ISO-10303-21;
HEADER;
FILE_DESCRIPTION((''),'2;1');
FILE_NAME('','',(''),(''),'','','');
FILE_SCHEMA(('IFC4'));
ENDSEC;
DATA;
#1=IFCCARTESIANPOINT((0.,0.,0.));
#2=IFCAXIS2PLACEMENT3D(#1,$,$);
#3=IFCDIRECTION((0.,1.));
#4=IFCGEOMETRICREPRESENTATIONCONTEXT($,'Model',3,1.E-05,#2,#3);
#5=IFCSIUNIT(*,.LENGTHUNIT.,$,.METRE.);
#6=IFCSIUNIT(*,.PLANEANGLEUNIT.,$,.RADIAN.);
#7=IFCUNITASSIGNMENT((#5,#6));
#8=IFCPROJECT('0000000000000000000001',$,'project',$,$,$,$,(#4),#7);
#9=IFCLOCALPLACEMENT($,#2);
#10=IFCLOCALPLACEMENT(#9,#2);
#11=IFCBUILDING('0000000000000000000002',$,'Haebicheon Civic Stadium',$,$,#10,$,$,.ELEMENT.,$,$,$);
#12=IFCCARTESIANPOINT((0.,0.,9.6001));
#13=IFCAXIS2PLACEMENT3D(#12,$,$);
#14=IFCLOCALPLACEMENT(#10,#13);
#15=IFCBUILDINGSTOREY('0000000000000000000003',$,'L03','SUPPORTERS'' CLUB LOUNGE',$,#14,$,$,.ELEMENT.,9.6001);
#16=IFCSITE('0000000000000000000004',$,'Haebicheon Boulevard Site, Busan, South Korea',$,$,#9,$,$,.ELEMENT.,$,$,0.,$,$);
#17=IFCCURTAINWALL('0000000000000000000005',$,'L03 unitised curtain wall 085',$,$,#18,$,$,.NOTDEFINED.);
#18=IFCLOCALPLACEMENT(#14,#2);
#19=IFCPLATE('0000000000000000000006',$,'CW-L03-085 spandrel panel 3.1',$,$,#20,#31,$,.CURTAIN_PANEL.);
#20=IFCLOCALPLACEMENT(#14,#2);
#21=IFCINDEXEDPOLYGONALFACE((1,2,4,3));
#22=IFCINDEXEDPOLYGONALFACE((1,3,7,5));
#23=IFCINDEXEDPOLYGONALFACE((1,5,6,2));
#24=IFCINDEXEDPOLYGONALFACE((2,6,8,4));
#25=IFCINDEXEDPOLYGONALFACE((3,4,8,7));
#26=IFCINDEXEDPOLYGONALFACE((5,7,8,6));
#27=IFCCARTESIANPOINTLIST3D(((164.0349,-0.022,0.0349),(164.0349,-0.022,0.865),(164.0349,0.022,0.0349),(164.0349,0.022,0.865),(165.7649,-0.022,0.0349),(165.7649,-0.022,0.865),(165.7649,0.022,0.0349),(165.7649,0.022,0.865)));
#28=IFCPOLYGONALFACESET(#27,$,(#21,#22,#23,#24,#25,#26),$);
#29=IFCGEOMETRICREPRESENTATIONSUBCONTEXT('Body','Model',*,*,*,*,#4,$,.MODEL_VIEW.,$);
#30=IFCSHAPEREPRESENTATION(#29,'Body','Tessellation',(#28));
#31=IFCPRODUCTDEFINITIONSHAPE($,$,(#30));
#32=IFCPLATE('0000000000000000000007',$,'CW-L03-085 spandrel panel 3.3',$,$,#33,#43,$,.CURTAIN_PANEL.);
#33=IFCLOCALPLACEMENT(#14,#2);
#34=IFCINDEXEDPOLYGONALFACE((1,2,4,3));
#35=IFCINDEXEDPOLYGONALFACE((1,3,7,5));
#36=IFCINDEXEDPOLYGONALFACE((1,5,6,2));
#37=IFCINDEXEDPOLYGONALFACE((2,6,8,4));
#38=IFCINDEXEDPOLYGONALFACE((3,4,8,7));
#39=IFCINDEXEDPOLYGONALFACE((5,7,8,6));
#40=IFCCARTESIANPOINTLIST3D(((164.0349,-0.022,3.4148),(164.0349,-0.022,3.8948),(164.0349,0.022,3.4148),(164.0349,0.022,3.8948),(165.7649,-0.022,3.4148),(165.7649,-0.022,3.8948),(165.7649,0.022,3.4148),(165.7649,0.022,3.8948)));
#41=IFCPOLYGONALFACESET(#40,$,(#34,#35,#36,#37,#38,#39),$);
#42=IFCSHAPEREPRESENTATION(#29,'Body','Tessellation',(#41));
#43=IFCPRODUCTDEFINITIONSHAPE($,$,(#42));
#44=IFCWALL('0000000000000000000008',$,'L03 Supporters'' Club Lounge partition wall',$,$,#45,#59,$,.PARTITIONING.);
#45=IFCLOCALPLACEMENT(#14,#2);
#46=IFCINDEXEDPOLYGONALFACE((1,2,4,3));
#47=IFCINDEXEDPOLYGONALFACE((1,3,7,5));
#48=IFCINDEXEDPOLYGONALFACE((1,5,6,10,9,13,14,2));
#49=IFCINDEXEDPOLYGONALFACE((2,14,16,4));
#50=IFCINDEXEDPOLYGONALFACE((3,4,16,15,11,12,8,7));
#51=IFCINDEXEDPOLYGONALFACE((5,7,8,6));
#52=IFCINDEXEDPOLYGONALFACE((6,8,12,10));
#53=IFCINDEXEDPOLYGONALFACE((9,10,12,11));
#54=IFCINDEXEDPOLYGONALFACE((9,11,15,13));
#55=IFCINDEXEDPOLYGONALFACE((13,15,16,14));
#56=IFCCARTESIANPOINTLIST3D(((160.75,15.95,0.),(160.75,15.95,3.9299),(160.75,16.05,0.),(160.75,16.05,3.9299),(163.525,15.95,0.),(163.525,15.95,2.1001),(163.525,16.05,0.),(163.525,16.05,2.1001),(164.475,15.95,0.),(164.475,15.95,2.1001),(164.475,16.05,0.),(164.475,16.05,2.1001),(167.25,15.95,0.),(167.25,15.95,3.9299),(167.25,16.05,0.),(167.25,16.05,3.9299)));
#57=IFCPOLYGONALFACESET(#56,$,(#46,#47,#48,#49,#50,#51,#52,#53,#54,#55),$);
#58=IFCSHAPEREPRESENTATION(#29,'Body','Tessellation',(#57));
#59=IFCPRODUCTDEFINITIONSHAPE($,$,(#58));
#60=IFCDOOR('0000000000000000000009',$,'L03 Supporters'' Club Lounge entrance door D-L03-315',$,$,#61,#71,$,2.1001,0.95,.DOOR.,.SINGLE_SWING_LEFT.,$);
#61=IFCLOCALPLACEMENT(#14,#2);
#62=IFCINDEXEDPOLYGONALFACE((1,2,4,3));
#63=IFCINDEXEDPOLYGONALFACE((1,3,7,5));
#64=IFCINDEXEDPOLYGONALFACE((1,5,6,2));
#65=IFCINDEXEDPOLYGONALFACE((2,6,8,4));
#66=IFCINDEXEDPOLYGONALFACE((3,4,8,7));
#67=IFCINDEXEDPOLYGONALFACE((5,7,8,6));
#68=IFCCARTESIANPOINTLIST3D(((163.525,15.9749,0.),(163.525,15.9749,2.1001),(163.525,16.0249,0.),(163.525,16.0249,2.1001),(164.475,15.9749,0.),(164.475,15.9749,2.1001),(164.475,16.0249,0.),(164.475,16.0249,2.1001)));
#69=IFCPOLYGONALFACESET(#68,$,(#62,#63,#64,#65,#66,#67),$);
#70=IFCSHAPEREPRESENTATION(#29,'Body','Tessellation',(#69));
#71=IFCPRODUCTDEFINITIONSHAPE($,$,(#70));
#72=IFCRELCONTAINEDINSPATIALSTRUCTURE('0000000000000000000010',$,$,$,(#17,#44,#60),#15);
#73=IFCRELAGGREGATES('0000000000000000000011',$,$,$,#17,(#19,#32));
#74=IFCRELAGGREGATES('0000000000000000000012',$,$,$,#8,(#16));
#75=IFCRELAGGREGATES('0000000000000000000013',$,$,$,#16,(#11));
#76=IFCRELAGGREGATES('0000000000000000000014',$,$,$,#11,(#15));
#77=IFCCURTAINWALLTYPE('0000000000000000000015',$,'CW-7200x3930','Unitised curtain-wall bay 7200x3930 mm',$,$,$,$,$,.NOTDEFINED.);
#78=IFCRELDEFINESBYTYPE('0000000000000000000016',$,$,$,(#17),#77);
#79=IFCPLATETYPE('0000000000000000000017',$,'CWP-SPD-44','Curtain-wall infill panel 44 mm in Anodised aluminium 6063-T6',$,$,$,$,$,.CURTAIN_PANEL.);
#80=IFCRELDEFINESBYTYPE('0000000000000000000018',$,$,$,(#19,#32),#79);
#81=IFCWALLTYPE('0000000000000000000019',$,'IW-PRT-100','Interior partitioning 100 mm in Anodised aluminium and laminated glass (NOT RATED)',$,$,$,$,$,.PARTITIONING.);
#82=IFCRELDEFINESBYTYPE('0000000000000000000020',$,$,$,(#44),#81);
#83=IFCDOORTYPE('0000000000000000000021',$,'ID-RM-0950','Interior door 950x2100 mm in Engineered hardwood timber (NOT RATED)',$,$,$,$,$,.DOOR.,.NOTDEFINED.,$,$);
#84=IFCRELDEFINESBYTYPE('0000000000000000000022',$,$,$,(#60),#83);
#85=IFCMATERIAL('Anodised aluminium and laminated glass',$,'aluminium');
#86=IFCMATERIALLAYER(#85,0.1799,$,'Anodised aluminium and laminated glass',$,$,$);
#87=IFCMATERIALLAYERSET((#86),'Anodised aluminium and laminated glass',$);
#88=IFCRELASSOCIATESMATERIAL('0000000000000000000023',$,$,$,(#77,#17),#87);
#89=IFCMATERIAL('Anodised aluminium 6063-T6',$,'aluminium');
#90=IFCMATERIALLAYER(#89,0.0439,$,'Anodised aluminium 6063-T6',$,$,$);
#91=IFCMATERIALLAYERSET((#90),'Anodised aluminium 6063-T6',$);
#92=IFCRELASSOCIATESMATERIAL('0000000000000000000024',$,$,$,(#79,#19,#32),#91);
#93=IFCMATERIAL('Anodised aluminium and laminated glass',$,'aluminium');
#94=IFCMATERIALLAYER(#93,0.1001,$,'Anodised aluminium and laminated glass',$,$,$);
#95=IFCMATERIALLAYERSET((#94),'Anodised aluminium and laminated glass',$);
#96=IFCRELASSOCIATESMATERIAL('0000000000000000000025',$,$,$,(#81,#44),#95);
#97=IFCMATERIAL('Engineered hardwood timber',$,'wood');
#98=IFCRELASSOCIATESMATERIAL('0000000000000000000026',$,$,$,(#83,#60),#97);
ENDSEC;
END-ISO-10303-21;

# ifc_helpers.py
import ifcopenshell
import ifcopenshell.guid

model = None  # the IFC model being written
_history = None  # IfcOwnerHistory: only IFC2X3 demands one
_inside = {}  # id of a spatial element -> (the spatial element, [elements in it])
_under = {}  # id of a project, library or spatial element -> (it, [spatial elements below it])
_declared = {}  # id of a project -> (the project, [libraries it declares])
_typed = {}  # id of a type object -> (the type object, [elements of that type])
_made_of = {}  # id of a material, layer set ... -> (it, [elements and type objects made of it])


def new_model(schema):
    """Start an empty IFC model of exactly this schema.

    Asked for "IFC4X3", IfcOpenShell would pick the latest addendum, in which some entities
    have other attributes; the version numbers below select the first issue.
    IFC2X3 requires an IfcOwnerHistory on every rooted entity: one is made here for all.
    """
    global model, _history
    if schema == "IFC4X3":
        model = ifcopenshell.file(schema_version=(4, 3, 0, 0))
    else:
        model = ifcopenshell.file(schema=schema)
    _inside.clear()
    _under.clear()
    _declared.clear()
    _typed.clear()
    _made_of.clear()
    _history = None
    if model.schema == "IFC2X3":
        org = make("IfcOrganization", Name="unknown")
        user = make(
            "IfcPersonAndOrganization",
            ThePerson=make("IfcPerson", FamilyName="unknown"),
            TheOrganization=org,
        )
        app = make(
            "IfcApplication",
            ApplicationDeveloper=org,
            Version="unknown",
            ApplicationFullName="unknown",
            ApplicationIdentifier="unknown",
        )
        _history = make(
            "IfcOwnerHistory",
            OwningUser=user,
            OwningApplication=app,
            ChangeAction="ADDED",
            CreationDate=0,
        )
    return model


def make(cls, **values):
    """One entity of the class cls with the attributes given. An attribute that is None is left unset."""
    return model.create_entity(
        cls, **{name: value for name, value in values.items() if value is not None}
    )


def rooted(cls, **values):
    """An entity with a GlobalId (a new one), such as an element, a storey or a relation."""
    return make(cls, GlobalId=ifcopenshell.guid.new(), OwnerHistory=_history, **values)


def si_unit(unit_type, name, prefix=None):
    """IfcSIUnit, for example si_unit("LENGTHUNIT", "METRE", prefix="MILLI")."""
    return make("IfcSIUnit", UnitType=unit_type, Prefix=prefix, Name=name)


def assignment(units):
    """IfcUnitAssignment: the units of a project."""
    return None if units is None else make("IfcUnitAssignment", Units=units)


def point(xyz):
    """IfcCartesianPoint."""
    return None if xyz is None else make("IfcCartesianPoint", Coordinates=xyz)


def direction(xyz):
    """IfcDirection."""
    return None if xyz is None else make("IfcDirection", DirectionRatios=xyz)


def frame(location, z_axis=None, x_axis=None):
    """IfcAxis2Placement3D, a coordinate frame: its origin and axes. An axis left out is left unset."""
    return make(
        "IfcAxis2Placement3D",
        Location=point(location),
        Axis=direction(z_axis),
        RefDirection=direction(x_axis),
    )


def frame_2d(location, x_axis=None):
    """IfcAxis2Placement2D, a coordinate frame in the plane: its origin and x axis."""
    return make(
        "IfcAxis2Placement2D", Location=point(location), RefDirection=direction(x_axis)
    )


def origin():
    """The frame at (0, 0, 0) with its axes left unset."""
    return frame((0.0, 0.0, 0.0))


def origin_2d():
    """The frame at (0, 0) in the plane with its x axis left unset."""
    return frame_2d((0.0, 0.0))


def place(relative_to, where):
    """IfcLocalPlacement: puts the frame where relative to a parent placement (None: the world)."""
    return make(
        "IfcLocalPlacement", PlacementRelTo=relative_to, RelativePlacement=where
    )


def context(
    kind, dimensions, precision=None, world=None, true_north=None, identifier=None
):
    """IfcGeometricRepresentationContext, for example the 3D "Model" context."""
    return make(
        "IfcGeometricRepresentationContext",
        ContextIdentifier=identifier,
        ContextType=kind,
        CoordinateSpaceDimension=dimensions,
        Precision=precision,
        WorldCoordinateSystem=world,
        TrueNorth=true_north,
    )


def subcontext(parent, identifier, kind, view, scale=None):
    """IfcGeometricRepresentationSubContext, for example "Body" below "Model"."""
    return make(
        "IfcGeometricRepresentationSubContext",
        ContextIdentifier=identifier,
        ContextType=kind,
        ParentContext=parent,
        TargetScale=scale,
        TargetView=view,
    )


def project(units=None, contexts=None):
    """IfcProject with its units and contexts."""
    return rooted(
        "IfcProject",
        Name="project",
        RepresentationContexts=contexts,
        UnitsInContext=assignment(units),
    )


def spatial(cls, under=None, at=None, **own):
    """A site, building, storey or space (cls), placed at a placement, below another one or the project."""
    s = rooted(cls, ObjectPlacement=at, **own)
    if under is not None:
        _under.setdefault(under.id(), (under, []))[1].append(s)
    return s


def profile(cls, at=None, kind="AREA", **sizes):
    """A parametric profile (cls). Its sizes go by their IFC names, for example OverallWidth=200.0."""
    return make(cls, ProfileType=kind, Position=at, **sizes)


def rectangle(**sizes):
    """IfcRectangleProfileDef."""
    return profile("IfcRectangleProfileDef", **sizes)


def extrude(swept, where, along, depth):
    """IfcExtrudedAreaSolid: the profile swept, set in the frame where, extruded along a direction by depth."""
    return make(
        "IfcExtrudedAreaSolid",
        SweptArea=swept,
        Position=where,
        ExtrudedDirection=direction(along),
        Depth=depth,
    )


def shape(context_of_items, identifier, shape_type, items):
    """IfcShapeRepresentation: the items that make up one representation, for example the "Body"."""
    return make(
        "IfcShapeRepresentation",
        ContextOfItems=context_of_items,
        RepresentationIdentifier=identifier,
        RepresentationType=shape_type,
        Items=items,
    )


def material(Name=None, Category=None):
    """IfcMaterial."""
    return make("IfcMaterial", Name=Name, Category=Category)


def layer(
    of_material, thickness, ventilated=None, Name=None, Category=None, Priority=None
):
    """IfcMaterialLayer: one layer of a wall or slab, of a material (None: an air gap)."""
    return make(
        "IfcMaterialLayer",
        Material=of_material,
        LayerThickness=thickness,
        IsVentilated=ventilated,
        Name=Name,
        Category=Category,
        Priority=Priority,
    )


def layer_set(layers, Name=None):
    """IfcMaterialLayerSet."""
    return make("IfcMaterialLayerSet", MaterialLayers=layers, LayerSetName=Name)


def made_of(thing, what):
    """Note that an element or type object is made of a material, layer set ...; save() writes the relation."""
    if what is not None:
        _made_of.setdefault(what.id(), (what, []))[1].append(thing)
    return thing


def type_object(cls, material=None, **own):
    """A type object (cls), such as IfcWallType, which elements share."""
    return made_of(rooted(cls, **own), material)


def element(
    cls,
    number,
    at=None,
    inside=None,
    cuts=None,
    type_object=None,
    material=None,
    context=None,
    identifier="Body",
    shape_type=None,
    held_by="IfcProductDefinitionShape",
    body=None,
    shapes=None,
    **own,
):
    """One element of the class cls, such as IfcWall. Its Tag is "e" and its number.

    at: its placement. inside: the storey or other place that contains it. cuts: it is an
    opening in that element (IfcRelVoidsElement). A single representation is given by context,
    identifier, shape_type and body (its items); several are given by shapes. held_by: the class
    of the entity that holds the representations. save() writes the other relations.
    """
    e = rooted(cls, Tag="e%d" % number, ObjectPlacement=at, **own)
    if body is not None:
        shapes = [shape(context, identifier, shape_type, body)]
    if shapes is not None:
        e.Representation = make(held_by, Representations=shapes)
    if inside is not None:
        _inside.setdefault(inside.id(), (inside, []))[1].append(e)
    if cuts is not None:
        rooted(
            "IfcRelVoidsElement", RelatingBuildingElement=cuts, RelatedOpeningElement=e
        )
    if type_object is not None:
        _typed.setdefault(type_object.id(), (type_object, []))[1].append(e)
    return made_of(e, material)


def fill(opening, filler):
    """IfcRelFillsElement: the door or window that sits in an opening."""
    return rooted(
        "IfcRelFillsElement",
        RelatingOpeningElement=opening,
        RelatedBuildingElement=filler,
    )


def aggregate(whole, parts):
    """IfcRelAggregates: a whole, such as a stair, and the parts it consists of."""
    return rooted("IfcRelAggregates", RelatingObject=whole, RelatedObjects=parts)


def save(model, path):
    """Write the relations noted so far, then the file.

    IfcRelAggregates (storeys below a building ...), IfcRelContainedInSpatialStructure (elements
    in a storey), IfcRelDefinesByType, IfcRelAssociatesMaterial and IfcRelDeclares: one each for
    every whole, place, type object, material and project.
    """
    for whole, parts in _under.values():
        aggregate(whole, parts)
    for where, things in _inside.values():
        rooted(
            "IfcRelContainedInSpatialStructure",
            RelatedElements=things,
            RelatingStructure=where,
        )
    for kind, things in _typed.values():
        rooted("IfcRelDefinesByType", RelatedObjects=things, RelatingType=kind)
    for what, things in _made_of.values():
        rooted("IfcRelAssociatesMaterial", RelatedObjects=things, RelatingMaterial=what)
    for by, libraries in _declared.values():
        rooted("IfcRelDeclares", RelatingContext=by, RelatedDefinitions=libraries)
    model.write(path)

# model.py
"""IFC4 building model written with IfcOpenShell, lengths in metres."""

from ifc_helpers import new_model, si_unit, direction, frame, frame_2d, origin, origin_2d, place, context, subcontext, project, spatial, rectangle, extrude, material, layer, layer_set, type_object, element, fill, aggregate, save


model = new_model("IFC4")

# Units and contexts
model_context = context("Model", 3, precision=1e-05, world=origin(), true_north=direction((0.0, 1.0)))
body_context = subcontext(model_context, "Body", "Model", "MODEL_VIEW")
ifc_project = project(units=[si_unit("LENGTHUNIT", "METRE"), si_unit("PLANEANGLEUNIT", "RADIAN")], contexts=[model_context])

# Site, building, storey
site_placement = place(None, origin())
site = spatial("IfcSite", under=ifc_project, at=site_placement, Name="Haebicheon Boulevard Site, Busan, South Korea", CompositionType="ELEMENT", RefElevation=0.0)
building_placement = place(site_placement, origin())
building = spatial("IfcBuilding", under=site, at=building_placement, Name="Haebicheon Civic Stadium", CompositionType="ELEMENT")
storey_placement = place(building_placement, frame((0.0, 0.0, 9.6001)))
storey = spatial("IfcBuildingStorey", under=building, at=storey_placement, Name="L03", Description="SUPPORTERS' CLUB LOUNGE", CompositionType="ELEMENT", Elevation=9.6001)

# Curtain wall
ifc_material_1 = material(Name="Anodised aluminium and laminated glass", Category="aluminium")
ifc_layer_1 = layer(ifc_material_1, 0.1799, Name="Anodised aluminium and laminated glass")
ifc_layer_set_1 = layer_set([ifc_layer_1], Name="Anodised aluminium and laminated glass")
curtain_wall_type = type_object("IfcCurtainWallType", Name="CW-7200x3930", Description="Unitised curtain-wall bay 7200x3930 mm", PredefinedType="NOTDEFINED", material=ifc_layer_set_1)
curtain_wall_placement = place(storey_placement, origin())
curtain_wall = element("IfcCurtainWall", 1, at=curtain_wall_placement, inside=storey, type_object=curtain_wall_type, material=ifc_layer_set_1, Name="L03 unitised curtain wall 085", PredefinedType="NOTDEFINED")

# Plates
ifc_material_2 = material(Name="Anodised aluminium 6063-T6", Category="aluminium")
ifc_layer_2 = layer(ifc_material_2, 0.0439, Name="Anodised aluminium 6063-T6")
ifc_layer_set_2 = layer_set([ifc_layer_2], Name="Anodised aluminium 6063-T6")
plate_type_1 = type_object("IfcPlateType", Name="CWP-SPD-44", Description="Curtain-wall infill panel 44 mm in Anodised aluminium 6063-T6", PredefinedType="CURTAIN_PANEL", material=ifc_layer_set_2)
plate_1_placement = place(storey_placement, frame((164.8999, 0.0, 0.0349), z_axis=(0.0, 0.0, 1.0), x_axis=(1.0, 0.0, 0.0)))
plate_1 = element("IfcPlate", 2, at=plate_1_placement, type_object=plate_type_1, material=ifc_layer_set_2, Name="CW-L03-085 spandrel panel 3.1", PredefinedType="CURTAIN_PANEL", context=body_context, shape_type="SweptSolid", body=[
    extrude(rectangle(XDim=1.73, YDim=0.0439, at=origin_2d()), origin(), (0.0, 0.0, 1.0), 0.8301),
])
plate_2_placement = place(storey_placement, frame((164.8999, 0.0, 3.4148), z_axis=(0.0, 0.0, 1.0), x_axis=(1.0, 0.0, 0.0)))
plate_2 = element("IfcPlate", 3, at=plate_2_placement, type_object=plate_type_1, material=ifc_layer_set_2, Name="CW-L03-085 spandrel panel 3.3", PredefinedType="CURTAIN_PANEL", context=body_context, shape_type="SweptSolid", body=[
    extrude(rectangle(XDim=1.73, YDim=0.0439, at=origin_2d()), origin(), (0.0, 0.0, 1.0), 0.48),
])
aggregate(curtain_wall, [plate_1, plate_2])

# Wall, opening, door
ifc_material_3 = material(Name="Anodised aluminium and laminated glass", Category="aluminium")
ifc_layer_3 = layer(ifc_material_3, 0.1001, Name="Anodised aluminium and laminated glass")
ifc_layer_set_3 = layer_set([ifc_layer_3], Name="Anodised aluminium and laminated glass")
wall_type = type_object("IfcWallType", Name="IW-PRT-100", Description="Interior partitioning 100 mm in Anodised aluminium and laminated glass (NOT RATED)", PredefinedType="PARTITIONING", material=ifc_layer_set_3)
wall_placement = place(storey_placement, frame((160.75, 16.0, 0.0), z_axis=(0.0, 0.0, 1.0), x_axis=(1.0, 0.0, 0.0)))
wall = element("IfcWall", 4, at=wall_placement, inside=storey, type_object=wall_type, material=ifc_layer_set_3, Name="L03 Supporters' Club Lounge partition wall", PredefinedType="PARTITIONING", context=body_context, shape_type="SweptSolid", body=[
    extrude(rectangle(XDim=6.5, YDim=0.1001, at=frame_2d((3.25, 0.0))), origin(), (0.0, 0.0, 1.0), 3.9299),
])
opening_placement = place(wall_placement, frame((2.7749, 0.0, 0.0)))
opening = element("IfcOpeningElement", 5, at=opening_placement, cuts=wall, PredefinedType="OPENING", context=body_context, shape_type="SweptSolid", body=[
    extrude(rectangle(XDim=0.95, YDim=2.1001, at=frame_2d((0.4751, 1.05))), frame((0.0, 0.0601, 0.0), z_axis=(0.0, -1.0, 0.0), x_axis=(1.0, 0.0, 0.0)), (0.0, 0.0, 1.0), 0.1201),
])
ifc_material_4 = material(Name="Engineered hardwood timber", Category="wood")
door_type = type_object("IfcDoorType", Name="ID-RM-0950", Description="Interior door 950x2100 mm in Engineered hardwood timber (NOT RATED)", OperationType="NOTDEFINED", PredefinedType="DOOR", material=ifc_material_4)
door_placement = place(opening_placement, origin())
door = element("IfcDoor", 6, at=door_placement, inside=storey, type_object=door_type, material=ifc_material_4, Name="L03 Supporters' Club Lounge entrance door D-L03-315", OperationType="SINGLE_SWING_LEFT", OverallHeight=2.1001, OverallWidth=0.95, PredefinedType="DOOR", context=body_context, shape_type="SweptSolid", body=[
    extrude(rectangle(XDim=0.95, YDim=2.1001, at=frame_2d((0.4751, 1.05))), frame((0.0, 0.0249, 0.0), z_axis=(0.0, -1.0, 0.0), x_axis=(1.0, 0.0, 0.0)), (0.0, 0.0, 1.0), 0.05),
])
fill(opening, door)

save(model, "model.ifc")
